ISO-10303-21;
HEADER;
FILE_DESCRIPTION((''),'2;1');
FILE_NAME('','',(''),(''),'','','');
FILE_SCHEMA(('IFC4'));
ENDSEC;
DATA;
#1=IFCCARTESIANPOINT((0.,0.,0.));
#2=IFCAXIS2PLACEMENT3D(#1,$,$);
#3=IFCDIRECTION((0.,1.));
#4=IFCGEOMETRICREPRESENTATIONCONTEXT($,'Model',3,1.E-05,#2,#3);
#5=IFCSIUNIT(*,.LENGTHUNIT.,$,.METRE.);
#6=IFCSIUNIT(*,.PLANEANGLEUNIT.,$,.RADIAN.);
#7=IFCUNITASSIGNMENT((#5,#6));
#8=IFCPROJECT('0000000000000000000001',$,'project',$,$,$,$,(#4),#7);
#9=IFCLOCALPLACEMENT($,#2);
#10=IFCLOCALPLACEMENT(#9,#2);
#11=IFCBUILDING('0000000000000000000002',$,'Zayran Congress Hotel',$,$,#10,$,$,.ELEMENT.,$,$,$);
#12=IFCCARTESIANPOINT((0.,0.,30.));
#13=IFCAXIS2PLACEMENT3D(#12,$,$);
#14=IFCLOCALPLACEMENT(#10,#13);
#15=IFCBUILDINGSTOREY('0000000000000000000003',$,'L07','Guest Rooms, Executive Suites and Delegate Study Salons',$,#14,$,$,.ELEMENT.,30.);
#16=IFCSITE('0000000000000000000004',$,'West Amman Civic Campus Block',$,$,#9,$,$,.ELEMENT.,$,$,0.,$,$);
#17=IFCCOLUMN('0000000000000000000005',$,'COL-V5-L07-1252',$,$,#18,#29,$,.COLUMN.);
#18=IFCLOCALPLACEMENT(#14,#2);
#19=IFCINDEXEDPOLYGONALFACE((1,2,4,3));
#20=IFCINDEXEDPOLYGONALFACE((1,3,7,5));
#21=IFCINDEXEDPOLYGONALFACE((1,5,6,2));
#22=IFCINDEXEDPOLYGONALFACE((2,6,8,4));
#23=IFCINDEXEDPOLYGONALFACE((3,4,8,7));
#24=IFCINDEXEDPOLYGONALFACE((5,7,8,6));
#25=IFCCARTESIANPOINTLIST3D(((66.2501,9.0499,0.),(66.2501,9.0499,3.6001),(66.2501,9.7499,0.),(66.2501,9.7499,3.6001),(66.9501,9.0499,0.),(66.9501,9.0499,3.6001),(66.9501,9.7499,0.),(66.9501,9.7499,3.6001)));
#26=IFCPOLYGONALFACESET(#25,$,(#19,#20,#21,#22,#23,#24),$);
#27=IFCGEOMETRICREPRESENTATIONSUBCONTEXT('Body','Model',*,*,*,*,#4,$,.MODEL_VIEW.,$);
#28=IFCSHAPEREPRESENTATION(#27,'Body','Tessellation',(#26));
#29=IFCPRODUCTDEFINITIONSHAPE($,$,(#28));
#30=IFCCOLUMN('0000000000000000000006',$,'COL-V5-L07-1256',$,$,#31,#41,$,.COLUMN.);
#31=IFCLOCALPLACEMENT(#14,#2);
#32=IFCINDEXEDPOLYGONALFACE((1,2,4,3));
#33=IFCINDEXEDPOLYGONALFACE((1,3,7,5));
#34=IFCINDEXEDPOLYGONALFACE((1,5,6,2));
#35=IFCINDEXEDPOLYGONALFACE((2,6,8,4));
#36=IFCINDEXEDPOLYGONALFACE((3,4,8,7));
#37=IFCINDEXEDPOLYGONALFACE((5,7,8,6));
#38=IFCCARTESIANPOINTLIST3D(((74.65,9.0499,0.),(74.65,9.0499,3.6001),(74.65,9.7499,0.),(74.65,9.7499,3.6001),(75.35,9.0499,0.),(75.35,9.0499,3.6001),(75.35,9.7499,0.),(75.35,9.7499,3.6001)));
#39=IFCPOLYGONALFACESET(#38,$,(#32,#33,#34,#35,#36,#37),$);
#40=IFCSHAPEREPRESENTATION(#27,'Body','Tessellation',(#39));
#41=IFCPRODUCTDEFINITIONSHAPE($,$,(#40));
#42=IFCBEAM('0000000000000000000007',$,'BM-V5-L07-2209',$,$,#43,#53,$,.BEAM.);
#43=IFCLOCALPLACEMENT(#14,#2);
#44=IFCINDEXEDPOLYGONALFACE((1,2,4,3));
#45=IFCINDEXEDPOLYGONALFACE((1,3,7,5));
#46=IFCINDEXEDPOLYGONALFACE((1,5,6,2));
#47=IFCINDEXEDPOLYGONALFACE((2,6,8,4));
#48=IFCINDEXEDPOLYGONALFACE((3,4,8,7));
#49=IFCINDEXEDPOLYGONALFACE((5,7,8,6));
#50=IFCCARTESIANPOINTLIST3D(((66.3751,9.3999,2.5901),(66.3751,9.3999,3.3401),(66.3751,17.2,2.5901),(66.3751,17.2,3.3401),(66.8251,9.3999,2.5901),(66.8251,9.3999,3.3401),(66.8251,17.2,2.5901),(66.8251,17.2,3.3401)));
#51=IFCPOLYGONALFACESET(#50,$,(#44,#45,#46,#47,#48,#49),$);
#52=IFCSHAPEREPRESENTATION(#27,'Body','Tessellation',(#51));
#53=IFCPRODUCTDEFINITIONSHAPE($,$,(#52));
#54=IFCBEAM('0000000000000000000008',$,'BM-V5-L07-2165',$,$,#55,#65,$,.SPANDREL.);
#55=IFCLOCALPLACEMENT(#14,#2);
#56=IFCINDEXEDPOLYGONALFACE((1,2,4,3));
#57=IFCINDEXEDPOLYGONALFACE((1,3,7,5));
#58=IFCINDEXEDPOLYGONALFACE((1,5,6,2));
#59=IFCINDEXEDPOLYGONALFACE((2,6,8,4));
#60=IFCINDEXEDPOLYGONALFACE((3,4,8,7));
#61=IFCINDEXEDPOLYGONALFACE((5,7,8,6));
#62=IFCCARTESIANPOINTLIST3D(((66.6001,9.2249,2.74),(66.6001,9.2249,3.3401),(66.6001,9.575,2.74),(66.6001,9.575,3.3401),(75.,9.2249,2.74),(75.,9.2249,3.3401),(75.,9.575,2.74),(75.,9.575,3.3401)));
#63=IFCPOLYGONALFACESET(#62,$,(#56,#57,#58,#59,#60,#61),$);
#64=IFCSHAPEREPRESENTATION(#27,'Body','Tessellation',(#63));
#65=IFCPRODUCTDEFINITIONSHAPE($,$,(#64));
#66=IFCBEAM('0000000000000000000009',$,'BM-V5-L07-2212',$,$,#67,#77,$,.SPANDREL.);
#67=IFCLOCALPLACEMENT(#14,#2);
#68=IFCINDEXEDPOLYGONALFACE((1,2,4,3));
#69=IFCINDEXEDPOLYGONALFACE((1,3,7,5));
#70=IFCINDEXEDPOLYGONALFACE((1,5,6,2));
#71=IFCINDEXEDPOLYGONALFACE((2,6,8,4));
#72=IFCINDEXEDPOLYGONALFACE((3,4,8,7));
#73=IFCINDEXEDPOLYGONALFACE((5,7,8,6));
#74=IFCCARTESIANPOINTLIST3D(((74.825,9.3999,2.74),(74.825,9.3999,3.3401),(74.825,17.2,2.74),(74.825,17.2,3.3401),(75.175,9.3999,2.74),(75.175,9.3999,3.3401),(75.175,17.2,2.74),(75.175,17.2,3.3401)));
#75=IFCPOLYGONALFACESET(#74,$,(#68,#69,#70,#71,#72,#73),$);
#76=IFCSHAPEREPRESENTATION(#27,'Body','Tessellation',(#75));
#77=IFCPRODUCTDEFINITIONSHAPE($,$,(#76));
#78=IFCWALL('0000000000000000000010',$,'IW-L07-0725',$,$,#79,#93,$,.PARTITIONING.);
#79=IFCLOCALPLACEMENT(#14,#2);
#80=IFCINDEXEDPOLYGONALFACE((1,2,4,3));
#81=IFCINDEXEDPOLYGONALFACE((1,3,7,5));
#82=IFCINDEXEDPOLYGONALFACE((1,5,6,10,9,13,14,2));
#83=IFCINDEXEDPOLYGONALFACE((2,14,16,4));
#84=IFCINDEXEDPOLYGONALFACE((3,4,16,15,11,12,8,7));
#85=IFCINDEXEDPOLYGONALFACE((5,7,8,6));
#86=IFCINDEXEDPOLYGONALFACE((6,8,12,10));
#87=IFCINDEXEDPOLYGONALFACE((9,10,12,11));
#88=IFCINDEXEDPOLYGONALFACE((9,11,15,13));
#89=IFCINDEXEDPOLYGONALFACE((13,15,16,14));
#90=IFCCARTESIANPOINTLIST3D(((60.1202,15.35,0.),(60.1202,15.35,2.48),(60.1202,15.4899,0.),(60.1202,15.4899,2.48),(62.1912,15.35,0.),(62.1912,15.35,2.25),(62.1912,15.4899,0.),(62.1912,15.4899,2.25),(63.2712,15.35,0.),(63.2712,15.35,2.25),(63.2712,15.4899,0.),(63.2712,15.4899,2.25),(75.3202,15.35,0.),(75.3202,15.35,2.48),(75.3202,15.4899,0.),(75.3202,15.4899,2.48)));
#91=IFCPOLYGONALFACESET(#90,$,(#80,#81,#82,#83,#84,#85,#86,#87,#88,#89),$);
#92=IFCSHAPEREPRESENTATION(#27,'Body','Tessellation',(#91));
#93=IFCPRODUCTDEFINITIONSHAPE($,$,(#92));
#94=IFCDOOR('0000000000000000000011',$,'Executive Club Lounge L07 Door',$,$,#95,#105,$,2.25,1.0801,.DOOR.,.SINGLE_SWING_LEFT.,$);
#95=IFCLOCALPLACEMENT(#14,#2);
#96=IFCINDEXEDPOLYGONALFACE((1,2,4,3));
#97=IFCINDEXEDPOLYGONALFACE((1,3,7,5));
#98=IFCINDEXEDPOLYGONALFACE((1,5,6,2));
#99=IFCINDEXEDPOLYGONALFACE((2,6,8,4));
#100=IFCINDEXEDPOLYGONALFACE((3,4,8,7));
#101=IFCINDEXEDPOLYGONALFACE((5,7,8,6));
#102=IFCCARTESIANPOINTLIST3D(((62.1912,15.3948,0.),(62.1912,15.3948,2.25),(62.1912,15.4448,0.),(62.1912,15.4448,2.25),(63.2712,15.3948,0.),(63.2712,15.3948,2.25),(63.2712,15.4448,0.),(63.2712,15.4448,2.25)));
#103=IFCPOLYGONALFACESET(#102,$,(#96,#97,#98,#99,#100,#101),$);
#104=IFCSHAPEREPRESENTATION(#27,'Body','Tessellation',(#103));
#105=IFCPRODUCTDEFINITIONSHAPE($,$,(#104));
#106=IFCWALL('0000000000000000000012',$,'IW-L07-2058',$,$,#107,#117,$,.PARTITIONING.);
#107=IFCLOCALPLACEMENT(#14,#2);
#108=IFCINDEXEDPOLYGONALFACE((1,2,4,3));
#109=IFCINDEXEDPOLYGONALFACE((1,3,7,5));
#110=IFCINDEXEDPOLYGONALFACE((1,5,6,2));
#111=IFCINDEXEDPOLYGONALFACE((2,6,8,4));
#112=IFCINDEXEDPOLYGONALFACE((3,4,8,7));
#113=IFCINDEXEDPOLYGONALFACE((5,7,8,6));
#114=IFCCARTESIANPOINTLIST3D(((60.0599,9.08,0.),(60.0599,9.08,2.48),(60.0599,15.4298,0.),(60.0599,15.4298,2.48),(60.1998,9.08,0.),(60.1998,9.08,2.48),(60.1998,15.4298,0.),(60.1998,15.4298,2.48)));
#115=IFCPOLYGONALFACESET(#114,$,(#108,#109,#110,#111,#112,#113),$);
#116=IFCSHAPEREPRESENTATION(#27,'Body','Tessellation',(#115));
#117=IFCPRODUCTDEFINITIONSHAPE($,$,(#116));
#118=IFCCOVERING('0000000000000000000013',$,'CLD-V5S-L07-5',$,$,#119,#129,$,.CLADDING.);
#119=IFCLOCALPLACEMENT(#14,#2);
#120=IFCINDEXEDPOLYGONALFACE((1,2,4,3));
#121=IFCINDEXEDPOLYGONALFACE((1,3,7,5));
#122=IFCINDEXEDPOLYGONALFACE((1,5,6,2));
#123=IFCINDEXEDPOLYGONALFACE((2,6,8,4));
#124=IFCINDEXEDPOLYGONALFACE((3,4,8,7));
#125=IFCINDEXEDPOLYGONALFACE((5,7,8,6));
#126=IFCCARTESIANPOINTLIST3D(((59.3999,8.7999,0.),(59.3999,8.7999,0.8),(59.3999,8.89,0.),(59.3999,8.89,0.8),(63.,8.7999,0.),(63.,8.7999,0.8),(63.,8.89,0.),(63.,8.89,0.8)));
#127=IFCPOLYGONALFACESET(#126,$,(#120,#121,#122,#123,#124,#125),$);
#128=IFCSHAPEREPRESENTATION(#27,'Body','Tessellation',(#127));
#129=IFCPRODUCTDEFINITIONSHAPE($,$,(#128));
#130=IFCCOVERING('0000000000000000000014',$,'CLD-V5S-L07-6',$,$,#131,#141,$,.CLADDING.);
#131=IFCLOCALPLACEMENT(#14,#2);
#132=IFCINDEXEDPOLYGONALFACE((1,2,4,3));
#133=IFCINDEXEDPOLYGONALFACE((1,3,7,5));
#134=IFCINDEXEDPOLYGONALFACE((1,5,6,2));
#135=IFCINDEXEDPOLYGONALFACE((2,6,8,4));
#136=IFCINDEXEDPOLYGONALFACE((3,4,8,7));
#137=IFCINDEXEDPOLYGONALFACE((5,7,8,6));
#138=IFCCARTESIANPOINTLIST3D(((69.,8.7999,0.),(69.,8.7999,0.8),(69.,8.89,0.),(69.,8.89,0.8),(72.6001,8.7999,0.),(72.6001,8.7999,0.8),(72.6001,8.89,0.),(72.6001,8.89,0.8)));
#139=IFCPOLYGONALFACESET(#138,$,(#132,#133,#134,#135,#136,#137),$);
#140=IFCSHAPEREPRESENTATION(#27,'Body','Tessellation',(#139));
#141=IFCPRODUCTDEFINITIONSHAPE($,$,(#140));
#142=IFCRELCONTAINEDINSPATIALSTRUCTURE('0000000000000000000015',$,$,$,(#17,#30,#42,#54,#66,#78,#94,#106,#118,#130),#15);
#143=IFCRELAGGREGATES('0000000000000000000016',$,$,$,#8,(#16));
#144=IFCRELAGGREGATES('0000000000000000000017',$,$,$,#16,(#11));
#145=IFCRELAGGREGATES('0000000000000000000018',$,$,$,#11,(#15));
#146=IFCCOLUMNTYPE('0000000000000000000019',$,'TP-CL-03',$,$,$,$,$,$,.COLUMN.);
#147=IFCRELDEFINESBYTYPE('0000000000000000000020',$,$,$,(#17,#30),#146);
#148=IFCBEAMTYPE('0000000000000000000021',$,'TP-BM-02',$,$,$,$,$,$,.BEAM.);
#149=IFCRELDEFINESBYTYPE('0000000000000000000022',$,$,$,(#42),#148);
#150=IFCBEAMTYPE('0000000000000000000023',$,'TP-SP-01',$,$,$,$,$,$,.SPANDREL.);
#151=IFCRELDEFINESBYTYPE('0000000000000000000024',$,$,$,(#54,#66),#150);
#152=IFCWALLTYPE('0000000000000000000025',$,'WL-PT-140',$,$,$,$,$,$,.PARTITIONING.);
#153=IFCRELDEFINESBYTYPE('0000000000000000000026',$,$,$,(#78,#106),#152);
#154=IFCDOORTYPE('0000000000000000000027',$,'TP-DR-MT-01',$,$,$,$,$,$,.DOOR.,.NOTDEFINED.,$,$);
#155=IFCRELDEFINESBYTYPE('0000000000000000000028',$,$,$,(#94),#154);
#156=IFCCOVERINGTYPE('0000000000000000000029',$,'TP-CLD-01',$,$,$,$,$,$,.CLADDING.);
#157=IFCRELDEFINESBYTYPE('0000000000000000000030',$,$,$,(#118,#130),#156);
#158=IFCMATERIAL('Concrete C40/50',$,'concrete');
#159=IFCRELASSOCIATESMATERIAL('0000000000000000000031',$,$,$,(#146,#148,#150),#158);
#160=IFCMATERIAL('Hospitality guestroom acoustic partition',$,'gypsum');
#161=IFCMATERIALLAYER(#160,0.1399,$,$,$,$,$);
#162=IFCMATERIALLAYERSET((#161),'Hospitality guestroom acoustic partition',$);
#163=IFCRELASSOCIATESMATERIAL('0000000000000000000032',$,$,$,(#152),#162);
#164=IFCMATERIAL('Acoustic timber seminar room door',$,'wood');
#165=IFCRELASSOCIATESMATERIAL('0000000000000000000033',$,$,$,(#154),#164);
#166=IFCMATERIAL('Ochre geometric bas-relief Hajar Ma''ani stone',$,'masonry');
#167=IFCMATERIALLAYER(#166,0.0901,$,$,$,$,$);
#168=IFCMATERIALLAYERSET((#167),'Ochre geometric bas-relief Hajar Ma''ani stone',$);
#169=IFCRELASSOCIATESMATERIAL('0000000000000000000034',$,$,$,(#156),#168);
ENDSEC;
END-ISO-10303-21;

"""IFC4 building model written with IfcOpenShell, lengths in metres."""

from ifc_helpers import new_model, si_unit, direction, frame, frame_2d, origin, origin_2d, place, context, subcontext, project, spatial, rectangle, extrude, material, layer, layer_set, material_profile, profile_set, type_object, element, fill, save


model = new_model("IFC4")

# Units and contexts
model_context = context("Model", 3, precision=1e-05, world=origin(), true_north=direction((0.0, 1.0)))
body_context = subcontext(model_context, "Body", "Model", "MODEL_VIEW")
ifc_project = project(units=[si_unit("LENGTHUNIT", "METRE"), si_unit("PLANEANGLEUNIT", "RADIAN")], contexts=[model_context])

# Site, building, storey
site_placement = place(None, origin())
site = spatial("IfcSite", under=ifc_project, at=site_placement, Name="West Amman Civic Campus Block", CompositionType="ELEMENT", RefElevation=0.0)
building_placement = place(site_placement, origin())
building = spatial("IfcBuilding", under=site, at=building_placement, Name="Zayran Congress Hotel", CompositionType="ELEMENT")
storey_placement = place(building_placement, frame((0.0, 0.0, 30.0)))
storey = spatial("IfcBuildingStorey", under=building, at=storey_placement, Name="L07", Description="Guest Rooms, Executive Suites and Delegate Study Salons", CompositionType="ELEMENT", Elevation=30.0)

# Columns
ifc_material_1 = material(Name="Concrete C40/50", Category="concrete")
ifc_material_profile_1 = material_profile(ifc_material_1, rectangle(XDim=0.7, YDim=0.7, at=origin_2d()), Name="RC 700x700")
ifc_profile_set_1 = profile_set([ifc_material_profile_1], Name="Concrete C40/50")
column_type = type_object("IfcColumnType", Name="TP-CL-03", PredefinedType="COLUMN", material=ifc_profile_set_1)
for number, where, z_axis, x_axis, name in (
    (1, (66.6001, 9.3999, 0.0), (0.0, 0.0, 1.0), (1.0, 0.0, 0.0), "COL-V5-L07-1252"),
    (2, (75.0, 9.3999, 0.0), (0.0, 0.0, 1.0), (1.0, 0.0, 0.0), "COL-V5-L07-1256"),
):
    element("IfcColumn", number, at=place(storey_placement, frame(where, z_axis=z_axis, x_axis=x_axis)), inside=storey, type_object=column_type, Name=name, PredefinedType="COLUMN", context=body_context, shape_type="SweptSolid", body=[
        extrude(rectangle(XDim=0.7, YDim=0.7, at=origin_2d()), origin(), (0.0, 0.0, 1.0), 3.6001),
    ])

# Beams
ifc_material_profile_2 = material_profile(ifc_material_1, rectangle(XDim=0.45, YDim=0.75, at=origin_2d()), Name="RC 450x750")
ifc_profile_set_2 = profile_set([ifc_material_profile_2], Name="Concrete C40/50")
beam_type_1 = type_object("IfcBeamType", Name="TP-BM-02", PredefinedType="BEAM", material=ifc_profile_set_2)
beam_1_placement = place(storey_placement, frame((66.6001, 9.3999, 2.9651), z_axis=(0.0, 1.0, 0.0), x_axis=(-1.0, 0.0, 0.0)))
element("IfcBeam", 3, at=beam_1_placement, inside=storey, type_object=beam_type_1, Name="BM-V5-L07-2209", PredefinedType="BEAM", context=body_context, shape_type="SweptSolid", body=[
    extrude(rectangle(XDim=0.45, YDim=0.75, at=origin_2d()), origin(), (0.0, 0.0, 1.0), 7.8),
])
ifc_material_profile_3 = material_profile(ifc_material_1, rectangle(XDim=0.3501, YDim=0.6001, at=origin_2d()), Name="RC 350x600")
ifc_profile_set_3 = profile_set([ifc_material_profile_3], Name="Concrete C40/50")
beam_type_2 = type_object("IfcBeamType", Name="TP-SP-01", PredefinedType="SPANDREL", material=ifc_profile_set_3)
beam_2_placement = place(storey_placement, frame((66.6001, 9.3999, 3.04), z_axis=(1.0, 0.0, 0.0), x_axis=(0.0, 1.0, 0.0)))
element("IfcBeam", 4, at=beam_2_placement, inside=storey, type_object=beam_type_2, Name="BM-V5-L07-2165", PredefinedType="SPANDREL", context=body_context, shape_type="SweptSolid", body=[
    extrude(rectangle(XDim=0.3501, YDim=0.6001, at=origin_2d()), origin(), (0.0, 0.0, 1.0), 8.3999),
])
beam_3_placement = place(storey_placement, frame((75.0, 9.3999, 3.04), z_axis=(0.0, 1.0, 0.0), x_axis=(-1.0, 0.0, 0.0)))
element("IfcBeam", 5, at=beam_3_placement, inside=storey, type_object=beam_type_2, Name="BM-V5-L07-2212", PredefinedType="SPANDREL", context=body_context, shape_type="SweptSolid", body=[
    extrude(rectangle(XDim=0.3501, YDim=0.6001, at=origin_2d()), origin(), (0.0, 0.0, 1.0), 7.8),
])

# Wall, opening, door
ifc_material_2 = material(Name="Hospitality guestroom acoustic partition", Category="gypsum")
ifc_layer_1 = layer(ifc_material_2, 0.1399)
ifc_layer_set_1 = layer_set([ifc_layer_1], Name="Hospitality guestroom acoustic partition")
wall_type_1 = type_object("IfcWallType", Name="WL-PT-140", PredefinedType="PARTITIONING", material=ifc_layer_set_1)
wall_1_placement = place(storey_placement, frame((60.1201, 15.4199, 0.0), z_axis=(0.0, 0.0, 1.0), x_axis=(1.0, 0.0, 0.0)))
wall_1 = element("IfcWall", 6, at=wall_1_placement, inside=storey, type_object=wall_type_1, Name="IW-L07-0725", PredefinedType="PARTITIONING", context=body_context, shape_type="SweptSolid", body=[
    extrude(rectangle(XDim=15.2, YDim=0.1399, at=frame_2d((7.6001, 0.0))), origin(), (0.0, 0.0, 1.0), 2.48),
])
opening_1_placement = place(wall_1_placement, frame((2.071, 0.0, 0.0)))
opening_1 = element("IfcOpeningElement", 7, at=opening_1_placement, cuts=wall_1, PredefinedType="OPENING", context=body_context, shape_type="SweptSolid", body=[
    extrude(rectangle(XDim=1.0801, YDim=2.25, at=frame_2d((0.54, 1.125))), frame((0.0, 0.0798, 0.0), z_axis=(0.0, -1.0, 0.0), x_axis=(1.0, 0.0, 0.0)), (0.0, 0.0, 1.0), 0.1599),
])
ifc_material_3 = material(Name="Acoustic timber seminar room door", Category="wood")
door_type = type_object("IfcDoorType", Name="TP-DR-MT-01", OperationType="NOTDEFINED", PredefinedType="DOOR", material=ifc_material_3)
door_placement = place(opening_1_placement, origin())
door = element("IfcDoor", 8, at=door_placement, inside=storey, type_object=door_type, Name="Executive Club Lounge L07 Door", OperationType="SINGLE_SWING_LEFT", OverallHeight=2.25, OverallWidth=1.0801, PredefinedType="DOOR", context=body_context, shape_type="SweptSolid", body=[
    extrude(rectangle(XDim=1.0801, YDim=2.25, at=frame_2d((0.54, 1.125))), frame((0.0, 0.0249, 0.0), z_axis=(0.0, -1.0, 0.0), x_axis=(1.0, 0.0, 0.0)), (0.0, 0.0, 1.0), 0.05),
])
fill(opening_1, door)

# Wall
wall_2_placement = place(storey_placement, frame((60.1299, 9.0801, 0.0), z_axis=(0.0, 0.0, 1.0), x_axis=(0.0, 1.0, 0.0)))
element("IfcWall", 9, at=wall_2_placement, inside=storey, type_object=wall_type_1, Name="IW-L07-2058", PredefinedType="PARTITIONING", context=body_context, shape_type="SweptSolid", body=[
    extrude(rectangle(XDim=6.3499, YDim=0.1399, at=frame_2d((3.1748, 0.0))), origin(), (0.0, 0.0, 1.0), 2.48),
])

# Coverings
ifc_material_4 = material(Name="Ochre geometric bas-relief Hajar Ma'ani stone", Category="masonry")
ifc_layer_2 = layer(ifc_material_4, 0.0901)
ifc_layer_set_2 = layer_set([ifc_layer_2], Name="Ochre geometric bas-relief Hajar Ma'ani stone")
covering_type = type_object("IfcCoveringType", Name="TP-CLD-01", PredefinedType="CLADDING", material=ifc_layer_set_2)
for number, where, z_axis, x_axis, name in (
    (10, (61.2, 8.845, 0.0), (0.0, 0.0, 1.0), (1.0, 0.0, 0.0), "CLD-V5S-L07-5"),
    (11, (70.8, 8.845, 0.0), (0.0, 0.0, 1.0), (1.0, 0.0, 0.0), "CLD-V5S-L07-6"),
):
    element("IfcCovering", number, at=place(storey_placement, frame(where, z_axis=z_axis, x_axis=x_axis)), inside=storey, type_object=covering_type, Name=name, PredefinedType="CLADDING", context=body_context, shape_type="SweptSolid", body=[
        extrude(rectangle(XDim=3.6001, YDim=0.0901, at=origin_2d()), origin(), (0.0, 0.0, 1.0), 0.8),
    ])

save(model, "model.ifc")
